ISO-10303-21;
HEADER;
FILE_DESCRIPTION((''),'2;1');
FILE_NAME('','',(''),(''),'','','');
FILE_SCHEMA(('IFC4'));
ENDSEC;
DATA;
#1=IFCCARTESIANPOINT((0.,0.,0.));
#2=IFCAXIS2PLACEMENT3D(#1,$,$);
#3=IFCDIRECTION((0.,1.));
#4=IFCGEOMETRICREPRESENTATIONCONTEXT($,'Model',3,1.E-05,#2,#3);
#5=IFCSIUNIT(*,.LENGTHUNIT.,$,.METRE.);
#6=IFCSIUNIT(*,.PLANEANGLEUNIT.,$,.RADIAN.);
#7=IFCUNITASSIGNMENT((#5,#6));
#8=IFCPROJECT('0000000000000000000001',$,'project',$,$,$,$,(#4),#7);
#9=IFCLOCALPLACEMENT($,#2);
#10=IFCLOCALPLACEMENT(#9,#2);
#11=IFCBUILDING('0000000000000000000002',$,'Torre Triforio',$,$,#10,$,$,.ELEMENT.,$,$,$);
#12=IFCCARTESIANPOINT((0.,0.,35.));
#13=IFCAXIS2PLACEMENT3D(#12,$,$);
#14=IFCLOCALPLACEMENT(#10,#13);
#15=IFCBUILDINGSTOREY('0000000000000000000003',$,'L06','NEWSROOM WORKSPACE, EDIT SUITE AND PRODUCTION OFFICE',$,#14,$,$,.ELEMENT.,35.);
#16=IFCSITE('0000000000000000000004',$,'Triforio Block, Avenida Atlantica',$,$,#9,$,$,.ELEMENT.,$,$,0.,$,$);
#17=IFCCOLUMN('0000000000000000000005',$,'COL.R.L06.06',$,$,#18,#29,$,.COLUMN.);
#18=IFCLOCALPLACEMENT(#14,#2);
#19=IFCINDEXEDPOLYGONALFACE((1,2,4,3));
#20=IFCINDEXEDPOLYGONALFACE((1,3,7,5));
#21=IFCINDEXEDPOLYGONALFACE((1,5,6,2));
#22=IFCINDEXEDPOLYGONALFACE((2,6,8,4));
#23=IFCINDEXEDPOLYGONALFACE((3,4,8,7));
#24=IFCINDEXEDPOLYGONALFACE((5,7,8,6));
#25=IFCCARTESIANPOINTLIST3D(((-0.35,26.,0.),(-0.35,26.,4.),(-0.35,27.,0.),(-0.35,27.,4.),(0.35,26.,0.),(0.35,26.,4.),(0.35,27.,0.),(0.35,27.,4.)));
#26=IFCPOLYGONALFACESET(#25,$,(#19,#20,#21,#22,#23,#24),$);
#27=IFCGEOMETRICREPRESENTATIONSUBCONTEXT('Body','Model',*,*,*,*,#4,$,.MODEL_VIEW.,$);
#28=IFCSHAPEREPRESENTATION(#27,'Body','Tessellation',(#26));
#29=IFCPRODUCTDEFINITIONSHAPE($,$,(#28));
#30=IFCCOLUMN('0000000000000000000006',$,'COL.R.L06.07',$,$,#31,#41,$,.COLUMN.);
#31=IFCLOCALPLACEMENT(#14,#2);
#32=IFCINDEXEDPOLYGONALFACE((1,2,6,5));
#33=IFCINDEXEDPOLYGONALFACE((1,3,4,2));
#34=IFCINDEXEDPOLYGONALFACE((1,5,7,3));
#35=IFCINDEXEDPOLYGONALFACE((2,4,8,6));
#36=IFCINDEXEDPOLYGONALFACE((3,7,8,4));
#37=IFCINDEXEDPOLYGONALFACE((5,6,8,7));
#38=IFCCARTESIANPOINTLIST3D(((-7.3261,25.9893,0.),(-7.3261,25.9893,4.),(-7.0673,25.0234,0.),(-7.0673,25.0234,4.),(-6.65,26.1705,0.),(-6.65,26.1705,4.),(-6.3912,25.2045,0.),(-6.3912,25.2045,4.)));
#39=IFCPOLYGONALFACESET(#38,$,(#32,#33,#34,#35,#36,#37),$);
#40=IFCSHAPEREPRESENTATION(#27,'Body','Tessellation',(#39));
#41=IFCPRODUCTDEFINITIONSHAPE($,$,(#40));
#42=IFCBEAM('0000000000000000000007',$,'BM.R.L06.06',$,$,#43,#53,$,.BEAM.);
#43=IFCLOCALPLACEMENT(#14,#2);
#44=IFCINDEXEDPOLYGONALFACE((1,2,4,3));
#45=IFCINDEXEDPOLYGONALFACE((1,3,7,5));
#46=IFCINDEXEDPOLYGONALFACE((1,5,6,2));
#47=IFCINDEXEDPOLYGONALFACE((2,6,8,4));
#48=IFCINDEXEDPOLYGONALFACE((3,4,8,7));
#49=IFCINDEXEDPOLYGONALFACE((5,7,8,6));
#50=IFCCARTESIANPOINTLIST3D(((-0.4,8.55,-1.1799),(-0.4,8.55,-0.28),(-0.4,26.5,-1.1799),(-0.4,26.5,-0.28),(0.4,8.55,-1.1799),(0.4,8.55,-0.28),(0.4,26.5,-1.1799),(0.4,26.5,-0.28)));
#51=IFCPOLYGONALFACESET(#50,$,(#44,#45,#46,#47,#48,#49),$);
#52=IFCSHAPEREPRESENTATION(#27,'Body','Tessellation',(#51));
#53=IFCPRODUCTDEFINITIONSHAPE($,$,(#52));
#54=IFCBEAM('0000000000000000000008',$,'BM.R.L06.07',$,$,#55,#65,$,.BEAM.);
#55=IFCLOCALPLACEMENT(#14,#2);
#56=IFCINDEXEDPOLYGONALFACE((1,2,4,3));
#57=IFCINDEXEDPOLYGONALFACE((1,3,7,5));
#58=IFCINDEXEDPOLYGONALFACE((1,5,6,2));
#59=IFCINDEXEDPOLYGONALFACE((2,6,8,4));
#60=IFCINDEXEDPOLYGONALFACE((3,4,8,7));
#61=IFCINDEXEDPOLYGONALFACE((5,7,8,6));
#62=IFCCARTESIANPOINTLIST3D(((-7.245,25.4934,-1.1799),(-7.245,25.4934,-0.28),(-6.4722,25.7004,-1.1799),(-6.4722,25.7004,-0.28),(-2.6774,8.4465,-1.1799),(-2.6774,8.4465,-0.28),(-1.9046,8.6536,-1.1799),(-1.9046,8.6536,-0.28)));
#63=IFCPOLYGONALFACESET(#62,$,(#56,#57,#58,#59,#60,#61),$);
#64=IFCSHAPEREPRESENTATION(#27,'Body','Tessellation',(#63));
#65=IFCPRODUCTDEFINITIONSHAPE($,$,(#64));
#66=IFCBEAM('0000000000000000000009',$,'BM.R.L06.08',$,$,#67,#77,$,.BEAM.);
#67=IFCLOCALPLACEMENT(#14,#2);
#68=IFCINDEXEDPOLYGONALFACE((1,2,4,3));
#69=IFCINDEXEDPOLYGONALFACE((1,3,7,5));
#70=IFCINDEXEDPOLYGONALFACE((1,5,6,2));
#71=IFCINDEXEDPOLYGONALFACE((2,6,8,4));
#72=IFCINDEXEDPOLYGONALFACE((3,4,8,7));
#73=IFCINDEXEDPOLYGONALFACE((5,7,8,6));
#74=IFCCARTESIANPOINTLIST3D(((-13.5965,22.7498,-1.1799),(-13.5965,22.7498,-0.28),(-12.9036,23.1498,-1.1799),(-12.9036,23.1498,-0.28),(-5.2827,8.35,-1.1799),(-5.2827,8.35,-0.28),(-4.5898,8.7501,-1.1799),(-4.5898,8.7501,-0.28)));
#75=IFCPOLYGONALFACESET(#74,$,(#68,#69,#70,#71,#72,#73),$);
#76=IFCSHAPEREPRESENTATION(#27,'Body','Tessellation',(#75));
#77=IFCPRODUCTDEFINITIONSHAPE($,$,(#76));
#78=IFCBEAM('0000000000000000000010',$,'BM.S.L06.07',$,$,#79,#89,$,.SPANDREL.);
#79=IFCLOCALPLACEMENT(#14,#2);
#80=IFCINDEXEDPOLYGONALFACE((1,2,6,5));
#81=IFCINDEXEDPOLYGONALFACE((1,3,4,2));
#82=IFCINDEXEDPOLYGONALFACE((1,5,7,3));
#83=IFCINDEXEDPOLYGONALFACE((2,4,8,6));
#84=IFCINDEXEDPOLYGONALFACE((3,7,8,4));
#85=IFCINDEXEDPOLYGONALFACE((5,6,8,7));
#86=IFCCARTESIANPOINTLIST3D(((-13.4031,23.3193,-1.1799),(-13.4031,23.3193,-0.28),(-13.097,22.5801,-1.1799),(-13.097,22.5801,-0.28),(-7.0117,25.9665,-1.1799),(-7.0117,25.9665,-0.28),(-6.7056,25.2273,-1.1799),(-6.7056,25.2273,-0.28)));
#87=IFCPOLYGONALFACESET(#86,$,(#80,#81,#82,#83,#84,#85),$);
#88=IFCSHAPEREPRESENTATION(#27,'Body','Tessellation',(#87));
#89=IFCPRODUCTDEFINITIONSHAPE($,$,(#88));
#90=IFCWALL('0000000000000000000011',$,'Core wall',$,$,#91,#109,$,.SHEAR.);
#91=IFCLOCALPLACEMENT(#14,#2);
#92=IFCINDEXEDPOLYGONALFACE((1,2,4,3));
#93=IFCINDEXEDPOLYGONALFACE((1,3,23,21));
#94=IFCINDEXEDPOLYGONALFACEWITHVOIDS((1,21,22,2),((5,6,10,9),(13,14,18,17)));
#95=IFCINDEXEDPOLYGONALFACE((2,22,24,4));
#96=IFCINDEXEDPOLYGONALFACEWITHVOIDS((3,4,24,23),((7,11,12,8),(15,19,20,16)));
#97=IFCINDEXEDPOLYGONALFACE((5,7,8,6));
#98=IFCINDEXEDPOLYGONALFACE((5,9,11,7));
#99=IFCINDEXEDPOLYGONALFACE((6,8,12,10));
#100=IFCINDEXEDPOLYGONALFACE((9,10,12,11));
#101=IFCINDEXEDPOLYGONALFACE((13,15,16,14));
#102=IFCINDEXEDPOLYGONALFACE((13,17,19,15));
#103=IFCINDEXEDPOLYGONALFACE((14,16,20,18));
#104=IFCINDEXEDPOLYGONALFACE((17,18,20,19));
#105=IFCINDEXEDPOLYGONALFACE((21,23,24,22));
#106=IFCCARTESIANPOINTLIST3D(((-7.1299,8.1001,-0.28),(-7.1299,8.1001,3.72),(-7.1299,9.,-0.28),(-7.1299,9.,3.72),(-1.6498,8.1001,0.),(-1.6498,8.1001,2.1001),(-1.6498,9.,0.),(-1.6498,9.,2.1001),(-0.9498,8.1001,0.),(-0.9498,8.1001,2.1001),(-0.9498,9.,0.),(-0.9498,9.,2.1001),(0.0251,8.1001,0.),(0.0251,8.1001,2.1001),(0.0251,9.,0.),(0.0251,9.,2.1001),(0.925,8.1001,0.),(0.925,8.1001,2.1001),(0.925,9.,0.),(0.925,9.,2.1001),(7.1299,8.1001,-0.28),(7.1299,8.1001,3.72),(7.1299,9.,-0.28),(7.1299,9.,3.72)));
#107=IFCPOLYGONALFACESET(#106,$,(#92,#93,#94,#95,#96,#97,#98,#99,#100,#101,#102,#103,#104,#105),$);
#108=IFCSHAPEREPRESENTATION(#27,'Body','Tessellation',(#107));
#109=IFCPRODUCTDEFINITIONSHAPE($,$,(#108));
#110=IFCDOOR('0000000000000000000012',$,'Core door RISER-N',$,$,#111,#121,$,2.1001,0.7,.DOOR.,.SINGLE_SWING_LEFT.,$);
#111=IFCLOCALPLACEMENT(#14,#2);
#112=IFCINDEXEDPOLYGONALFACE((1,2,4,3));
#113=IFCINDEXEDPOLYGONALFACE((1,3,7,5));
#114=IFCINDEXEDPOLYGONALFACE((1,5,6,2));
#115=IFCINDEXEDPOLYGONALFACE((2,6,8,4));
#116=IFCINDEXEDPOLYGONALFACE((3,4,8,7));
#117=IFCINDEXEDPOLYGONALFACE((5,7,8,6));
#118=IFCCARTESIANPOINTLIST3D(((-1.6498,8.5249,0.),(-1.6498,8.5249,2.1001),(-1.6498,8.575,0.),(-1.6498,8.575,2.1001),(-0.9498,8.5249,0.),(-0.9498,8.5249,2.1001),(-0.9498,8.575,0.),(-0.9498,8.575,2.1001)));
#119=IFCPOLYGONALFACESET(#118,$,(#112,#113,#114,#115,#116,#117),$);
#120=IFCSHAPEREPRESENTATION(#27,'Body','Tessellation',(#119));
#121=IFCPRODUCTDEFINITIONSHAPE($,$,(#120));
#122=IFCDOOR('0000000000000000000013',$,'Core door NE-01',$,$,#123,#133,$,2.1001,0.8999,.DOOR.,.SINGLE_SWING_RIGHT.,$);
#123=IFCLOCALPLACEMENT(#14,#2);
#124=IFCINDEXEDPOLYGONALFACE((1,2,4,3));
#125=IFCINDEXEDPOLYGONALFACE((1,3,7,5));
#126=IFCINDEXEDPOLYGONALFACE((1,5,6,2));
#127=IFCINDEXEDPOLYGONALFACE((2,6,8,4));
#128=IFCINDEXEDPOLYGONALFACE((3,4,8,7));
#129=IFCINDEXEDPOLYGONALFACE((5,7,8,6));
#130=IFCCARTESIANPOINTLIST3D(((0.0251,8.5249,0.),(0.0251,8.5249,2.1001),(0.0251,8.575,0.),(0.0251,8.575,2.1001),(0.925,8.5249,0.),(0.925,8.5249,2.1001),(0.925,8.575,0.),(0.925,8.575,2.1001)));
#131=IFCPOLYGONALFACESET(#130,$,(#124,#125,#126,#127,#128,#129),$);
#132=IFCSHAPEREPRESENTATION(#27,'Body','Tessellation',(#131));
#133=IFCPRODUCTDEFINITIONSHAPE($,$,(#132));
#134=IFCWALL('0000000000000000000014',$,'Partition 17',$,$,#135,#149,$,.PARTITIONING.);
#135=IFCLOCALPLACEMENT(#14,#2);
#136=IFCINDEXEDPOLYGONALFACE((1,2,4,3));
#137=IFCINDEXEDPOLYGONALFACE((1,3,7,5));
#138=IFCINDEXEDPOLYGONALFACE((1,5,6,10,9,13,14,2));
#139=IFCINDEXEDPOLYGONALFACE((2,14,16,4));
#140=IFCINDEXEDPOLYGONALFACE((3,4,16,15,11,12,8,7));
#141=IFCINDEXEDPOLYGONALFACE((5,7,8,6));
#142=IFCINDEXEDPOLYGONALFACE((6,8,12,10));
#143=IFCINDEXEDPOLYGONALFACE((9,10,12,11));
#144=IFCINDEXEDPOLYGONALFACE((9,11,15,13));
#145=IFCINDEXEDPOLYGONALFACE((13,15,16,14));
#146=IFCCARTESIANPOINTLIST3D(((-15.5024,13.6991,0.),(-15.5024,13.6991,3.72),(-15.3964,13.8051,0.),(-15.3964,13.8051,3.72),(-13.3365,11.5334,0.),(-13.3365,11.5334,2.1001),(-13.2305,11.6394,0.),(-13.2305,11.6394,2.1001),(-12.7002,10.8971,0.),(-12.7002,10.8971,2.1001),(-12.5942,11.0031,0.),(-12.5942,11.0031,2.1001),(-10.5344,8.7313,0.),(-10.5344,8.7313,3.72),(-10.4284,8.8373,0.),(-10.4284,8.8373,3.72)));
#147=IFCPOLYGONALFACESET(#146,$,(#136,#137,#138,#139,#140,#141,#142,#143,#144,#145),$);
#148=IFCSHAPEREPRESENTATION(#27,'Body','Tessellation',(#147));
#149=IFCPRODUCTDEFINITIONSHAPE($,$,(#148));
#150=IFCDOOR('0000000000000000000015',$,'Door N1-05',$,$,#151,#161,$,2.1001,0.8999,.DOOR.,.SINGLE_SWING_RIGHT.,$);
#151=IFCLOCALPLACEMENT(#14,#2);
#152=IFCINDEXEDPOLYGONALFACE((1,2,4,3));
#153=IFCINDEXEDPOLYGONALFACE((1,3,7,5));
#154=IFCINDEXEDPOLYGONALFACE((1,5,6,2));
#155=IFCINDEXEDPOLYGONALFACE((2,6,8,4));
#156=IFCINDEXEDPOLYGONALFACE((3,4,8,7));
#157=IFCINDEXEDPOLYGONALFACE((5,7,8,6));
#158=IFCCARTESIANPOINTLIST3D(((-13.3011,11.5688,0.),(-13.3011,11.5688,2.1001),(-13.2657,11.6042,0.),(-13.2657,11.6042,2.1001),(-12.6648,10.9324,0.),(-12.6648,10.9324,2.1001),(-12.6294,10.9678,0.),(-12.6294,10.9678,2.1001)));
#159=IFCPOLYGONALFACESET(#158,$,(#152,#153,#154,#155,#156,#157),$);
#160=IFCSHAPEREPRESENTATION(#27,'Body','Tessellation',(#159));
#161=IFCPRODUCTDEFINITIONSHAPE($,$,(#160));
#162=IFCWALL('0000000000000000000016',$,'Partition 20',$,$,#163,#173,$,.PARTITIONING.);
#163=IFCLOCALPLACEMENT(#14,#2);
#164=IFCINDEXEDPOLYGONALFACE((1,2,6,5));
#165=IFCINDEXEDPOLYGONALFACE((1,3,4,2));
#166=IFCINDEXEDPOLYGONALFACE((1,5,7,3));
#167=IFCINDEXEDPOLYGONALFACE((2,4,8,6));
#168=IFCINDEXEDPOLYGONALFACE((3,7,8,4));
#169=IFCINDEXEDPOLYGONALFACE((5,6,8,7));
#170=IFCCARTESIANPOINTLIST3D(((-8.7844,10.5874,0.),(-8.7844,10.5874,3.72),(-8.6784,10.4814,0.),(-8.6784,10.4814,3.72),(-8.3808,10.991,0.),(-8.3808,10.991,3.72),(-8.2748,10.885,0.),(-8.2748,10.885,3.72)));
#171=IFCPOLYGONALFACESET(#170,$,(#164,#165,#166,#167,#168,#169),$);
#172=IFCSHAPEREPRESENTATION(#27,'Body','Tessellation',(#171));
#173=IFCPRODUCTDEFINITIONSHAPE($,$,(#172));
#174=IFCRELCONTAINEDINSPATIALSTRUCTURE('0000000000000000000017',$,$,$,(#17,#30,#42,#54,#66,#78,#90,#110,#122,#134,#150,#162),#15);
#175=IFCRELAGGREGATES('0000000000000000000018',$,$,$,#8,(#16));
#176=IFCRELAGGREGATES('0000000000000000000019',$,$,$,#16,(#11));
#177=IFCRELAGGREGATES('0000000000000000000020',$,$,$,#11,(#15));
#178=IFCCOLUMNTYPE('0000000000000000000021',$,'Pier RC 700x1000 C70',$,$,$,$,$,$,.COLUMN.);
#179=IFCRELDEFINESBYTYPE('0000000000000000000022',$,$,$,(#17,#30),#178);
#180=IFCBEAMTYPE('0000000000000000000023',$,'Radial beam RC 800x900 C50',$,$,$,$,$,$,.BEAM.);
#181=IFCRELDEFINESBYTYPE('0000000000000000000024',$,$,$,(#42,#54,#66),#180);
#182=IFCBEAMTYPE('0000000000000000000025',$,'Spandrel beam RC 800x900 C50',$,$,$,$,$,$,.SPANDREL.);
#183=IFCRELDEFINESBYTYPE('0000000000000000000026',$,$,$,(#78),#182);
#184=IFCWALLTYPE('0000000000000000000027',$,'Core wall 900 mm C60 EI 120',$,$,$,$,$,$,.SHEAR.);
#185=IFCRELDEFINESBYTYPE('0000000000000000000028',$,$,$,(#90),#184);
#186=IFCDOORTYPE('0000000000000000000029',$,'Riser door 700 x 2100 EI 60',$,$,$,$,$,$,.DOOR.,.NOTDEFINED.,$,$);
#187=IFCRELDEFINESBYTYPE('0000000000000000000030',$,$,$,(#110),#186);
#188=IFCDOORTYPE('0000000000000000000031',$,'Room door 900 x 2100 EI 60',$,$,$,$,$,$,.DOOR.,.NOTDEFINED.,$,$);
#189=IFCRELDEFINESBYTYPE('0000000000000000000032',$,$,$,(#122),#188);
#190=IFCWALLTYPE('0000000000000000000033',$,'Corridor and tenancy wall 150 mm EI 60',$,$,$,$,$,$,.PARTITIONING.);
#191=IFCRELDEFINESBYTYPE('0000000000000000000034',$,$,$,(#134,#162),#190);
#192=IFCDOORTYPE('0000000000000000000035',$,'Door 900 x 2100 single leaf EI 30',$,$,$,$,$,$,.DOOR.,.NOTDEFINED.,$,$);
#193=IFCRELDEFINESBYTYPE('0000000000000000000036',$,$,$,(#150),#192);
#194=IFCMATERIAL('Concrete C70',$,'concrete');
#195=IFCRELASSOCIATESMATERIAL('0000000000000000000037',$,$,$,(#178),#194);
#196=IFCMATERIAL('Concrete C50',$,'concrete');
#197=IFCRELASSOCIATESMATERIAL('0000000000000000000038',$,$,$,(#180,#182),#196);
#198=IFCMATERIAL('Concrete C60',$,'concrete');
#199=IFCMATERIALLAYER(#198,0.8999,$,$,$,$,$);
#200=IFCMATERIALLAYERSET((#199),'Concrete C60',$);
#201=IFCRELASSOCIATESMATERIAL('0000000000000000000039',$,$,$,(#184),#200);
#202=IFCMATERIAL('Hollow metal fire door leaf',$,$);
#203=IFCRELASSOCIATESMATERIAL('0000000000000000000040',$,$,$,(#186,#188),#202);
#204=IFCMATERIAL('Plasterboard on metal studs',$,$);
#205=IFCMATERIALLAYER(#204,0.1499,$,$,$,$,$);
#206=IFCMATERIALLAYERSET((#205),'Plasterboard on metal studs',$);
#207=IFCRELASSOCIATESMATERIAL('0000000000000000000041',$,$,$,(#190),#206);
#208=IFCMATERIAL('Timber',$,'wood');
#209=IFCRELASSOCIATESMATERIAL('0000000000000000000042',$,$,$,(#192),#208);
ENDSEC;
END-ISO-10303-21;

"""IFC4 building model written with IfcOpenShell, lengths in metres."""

from ifc_helpers import new_model, si_unit, direction, frame, frame_2d, origin, origin_2d, place, context, subcontext, project, spatial, rectangle, extrude, material, layer, layer_set, material_profile, profile_set, type_object, element, fill, save


model = new_model("IFC4")

# Units and contexts
model_context = context("Model", 3, precision=1e-05, world=origin(), true_north=direction((0.0, 1.0)))
body_context = subcontext(model_context, "Body", "Model", "MODEL_VIEW")
ifc_project = project(units=[si_unit("LENGTHUNIT", "METRE"), si_unit("PLANEANGLEUNIT", "RADIAN")], contexts=[model_context])

# Site, building, storey
site_placement = place(None, origin())
site = spatial("IfcSite", under=ifc_project, at=site_placement, Name="Triforio Block, Avenida Atlantica", CompositionType="ELEMENT", RefElevation=0.0)
building_placement = place(site_placement, origin())
building = spatial("IfcBuilding", under=site, at=building_placement, Name="Torre Triforio", CompositionType="ELEMENT")
storey_placement = place(building_placement, frame((0.0, 0.0, 35.0)))
storey = spatial("IfcBuildingStorey", under=building, at=storey_placement, Name="L06", Description="NEWSROOM WORKSPACE, EDIT SUITE AND PRODUCTION OFFICE", CompositionType="ELEMENT", Elevation=35.0)

# Columns
ifc_material_1 = material(Name="Concrete C70", Category="concrete")
ifc_material_profile_1 = material_profile(ifc_material_1, rectangle(XDim=0.7, YDim=1.0, at=origin_2d()), Name="RC 700x1000")
ifc_profile_set_1 = profile_set([ifc_material_profile_1], Name="Concrete C70")
column_type = type_object("IfcColumnType", Name="Pier RC 700x1000 C70", PredefinedType="COLUMN", material=ifc_profile_set_1)
for number, where, z_axis, x_axis, name in (
    (1, (0.0, 26.5, 0.0), (0.0, 0.0, 1.0), (-1.0, 0.0, 0.0), "COL.R.L06.06"),
    (2, (-6.8586, 25.5969, 0.0), (0.0, 0.0, 1.0), (-0.965926, -0.258819, 0.0), "COL.R.L06.07"),
):
    element("IfcColumn", number, at=place(storey_placement, frame(where, z_axis=z_axis, x_axis=x_axis)), inside=storey, type_object=column_type, Name=name, PredefinedType="COLUMN", context=body_context, shape_type="SweptSolid", body=[
        extrude(rectangle(XDim=0.7, YDim=1.0, at=origin_2d()), origin(), (0.0, 0.0, 1.0), 4.0),
    ])

# Beams
ifc_material_2 = material(Name="Concrete C50", Category="concrete")
ifc_material_profile_2 = material_profile(ifc_material_2, rectangle(XDim=0.8, YDim=0.8999, at=origin_2d()), Name="RC 800x900")
ifc_profile_set_2 = profile_set([ifc_material_profile_2], Name="Concrete C50")
beam_type_1 = type_object("IfcBeamType", Name="Radial beam RC 800x900 C50", PredefinedType="BEAM", material=ifc_profile_set_2)
beam_1_placement = place(storey_placement, frame((0.0, 8.55, -0.73), z_axis=(0.0, 1.0, 0.0), x_axis=(-1.0, 0.0, 0.0)))
element("IfcBeam", 3, at=beam_1_placement, inside=storey, type_object=beam_type_1, Name="BM.R.L06.06", PredefinedType="BEAM", context=body_context, shape_type="SweptSolid", body=[
    extrude(rectangle(XDim=0.8, YDim=0.8999, at=origin_2d()), origin(), (0.0, 0.0, 1.0), 17.95),
])
beam_2_placement = place(storey_placement, frame((-2.291, 8.55, -0.73), z_axis=(-0.258815, 0.965927, 0.0), x_axis=(-0.965927, -0.258815, 0.0)))
element("IfcBeam", 4, at=beam_2_placement, inside=storey, type_object=beam_type_1, Name="BM.R.L06.07", PredefinedType="BEAM", context=body_context, shape_type="SweptSolid", body=[
    extrude(rectangle(XDim=0.8, YDim=0.8999, at=origin_2d()), origin(), (0.0, 0.0, 1.0), 17.6482),
])
beam_3_placement = place(storey_placement, frame((-4.9363, 8.55, -0.73), z_axis=(-0.500003, 0.866023, 0.0), x_axis=(-0.866023, -0.500003, 0.0)))
element("IfcBeam", 5, at=beam_3_placement, inside=storey, type_object=beam_type_1, Name="BM.R.L06.08", PredefinedType="BEAM", context=body_context, shape_type="SweptSolid", body=[
    extrude(rectangle(XDim=0.8, YDim=0.8999, at=origin_2d()), origin(), (0.0, 0.0, 1.0), 16.6274),
])
ifc_material_profile_3 = material_profile(ifc_material_2, rectangle(XDim=0.8, YDim=0.8999, at=origin_2d()), Name="RC 800x900")
ifc_profile_set_3 = profile_set([ifc_material_profile_3], Name="Concrete C50")
beam_type_2 = type_object("IfcBeamType", Name="Spandrel beam RC 800x900 C50", PredefinedType="SPANDREL", material=ifc_profile_set_3)
beam_4_placement = place(storey_placement, frame((-6.8586, 25.5969, -0.73), z_axis=(-0.923888, -0.382662, 0.0), x_axis=(0.382662, -0.923888, 0.0)))
element("IfcBeam", 6, at=beam_4_placement, inside=storey, type_object=beam_type_2, Name="BM.S.L06.07", PredefinedType="SPANDREL", context=body_context, shape_type="SweptSolid", body=[
    extrude(rectangle(XDim=0.8, YDim=0.8999, at=origin_2d()), origin(), (0.0, 0.0, 1.0), 6.918),
])

# Wall, openings, doors
ifc_material_3 = material(Name="Concrete C60", Category="concrete")
ifc_layer_1 = layer(ifc_material_3, 0.8999)
ifc_layer_set_1 = layer_set([ifc_layer_1], Name="Concrete C60")
wall_type_1 = type_object("IfcWallType", Name="Core wall 900 mm C60 EI 120", PredefinedType="SHEAR", material=ifc_layer_set_1)
wall_1_placement = place(storey_placement, frame((-7.1299, 8.55, -0.28), z_axis=(0.0, 0.0, 1.0), x_axis=(1.0, 0.0, 0.0)))
wall_1 = element("IfcWall", 7, at=wall_1_placement, inside=storey, type_object=wall_type_1, Name="Core wall", PredefinedType="SHEAR", context=body_context, shape_type="SweptSolid", body=[
    extrude(rectangle(XDim=14.2598, YDim=0.8999, at=frame_2d((7.1299, 0.0))), origin(), (0.0, 0.0, 1.0), 4.0),
])
opening_1_placement = place(wall_1_placement, frame((5.48, 0.0, 0.28)))
opening_1 = element("IfcOpeningElement", 8, at=opening_1_placement, cuts=wall_1, PredefinedType="OPENING", context=body_context, shape_type="SweptSolid", body=[
    extrude(rectangle(XDim=0.7, YDim=2.1001, at=frame_2d((0.3501, 1.05))), frame((0.0, 0.46, 0.0), z_axis=(0.0, -1.0, 0.0), x_axis=(1.0, 0.0, 0.0)), (0.0, 0.0, 1.0), 0.9199),
])
opening_2_placement = place(wall_1_placement, frame((7.155, 0.0, 0.28)))
opening_2 = element("IfcOpeningElement", 9, at=opening_2_placement, cuts=wall_1, PredefinedType="OPENING", context=body_context, shape_type="SweptSolid", body=[
    extrude(rectangle(XDim=0.8999, YDim=2.1001, at=frame_2d((0.45, 1.05))), frame((0.0, 0.46, 0.0), z_axis=(0.0, -1.0, 0.0), x_axis=(1.0, 0.0, 0.0)), (0.0, 0.0, 1.0), 0.9199),
])
ifc_material_4 = material(Name="Hollow metal fire door leaf")
door_type_1 = type_object("IfcDoorType", Name="Riser door 700 x 2100 EI 60", OperationType="NOTDEFINED", PredefinedType="DOOR", material=ifc_material_4)
door_1_placement = place(opening_1_placement, origin())
door_1 = element("IfcDoor", 10, at=door_1_placement, inside=storey, type_object=door_type_1, Name="Core door RISER-N", OperationType="SINGLE_SWING_LEFT", OverallHeight=2.1001, OverallWidth=0.7, PredefinedType="DOOR", context=body_context, shape_type="SweptSolid", body=[
    extrude(rectangle(XDim=0.7, YDim=2.1001, at=frame_2d((0.3501, 1.05))), frame((0.0, 0.0249, 0.0), z_axis=(0.0, -1.0, 0.0), x_axis=(1.0, 0.0, 0.0)), (0.0, 0.0, 1.0), 0.05),
])
fill(opening_1, door_1)
door_type_2 = type_object("IfcDoorType", Name="Room door 900 x 2100 EI 60", OperationType="NOTDEFINED", PredefinedType="DOOR", material=ifc_material_4)
door_2_placement = place(opening_2_placement, origin())
door_2 = element("IfcDoor", 11, at=door_2_placement, inside=storey, type_object=door_type_2, Name="Core door NE-01", OperationType="SINGLE_SWING_RIGHT", OverallHeight=2.1001, OverallWidth=0.8999, PredefinedType="DOOR", context=body_context, shape_type="SweptSolid", body=[
    extrude(rectangle(XDim=0.8999, YDim=2.1001, at=frame_2d((0.45, 1.05))), frame((0.0, 0.0249, 0.0), z_axis=(0.0, -1.0, 0.0), x_axis=(1.0, 0.0, 0.0)), (0.0, 0.0, 1.0), 0.05),
])
fill(opening_2, door_2)

# Wall, opening, door
ifc_material_5 = material(Name="Plasterboard on metal studs")
ifc_layer_2 = layer(ifc_material_5, 0.1499)
ifc_layer_set_2 = layer_set([ifc_layer_2], Name="Plasterboard on metal studs")
wall_type_2 = type_object("IfcWallType", Name="Corridor and tenancy wall 150 mm EI 60", PredefinedType="PARTITIONING", material=ifc_layer_set_2)
wall_2_placement = place(storey_placement, frame((-10.4814, 8.7844, 0.0), z_axis=(0.0, 0.0, 1.0), x_axis=(-0.707124, 0.707089, 0.0)))
wall_2 = element("IfcWall", 12, at=wall_2_placement, inside=storey, type_object=wall_type_2, Name="Partition 17", PredefinedType="PARTITIONING", context=body_context, shape_type="SweptSolid", body=[
    extrude(rectangle(XDim=7.0256, YDim=0.1499, at=frame_2d((3.5127, 0.0))), origin(), (0.0, 0.0, 1.0), 3.72),
])
opening_3_placement = place(wall_2_placement, frame((3.0627, 0.0, 0.0)))
opening_3 = element("IfcOpeningElement", 13, at=opening_3_placement, cuts=wall_2, PredefinedType="OPENING", context=body_context, shape_type="SweptSolid", body=[
    extrude(rectangle(XDim=0.8999, YDim=2.1001, at=frame_2d((0.45, 1.05))), frame((0.0, 0.085, 0.0), z_axis=(0.0, -1.0, 0.0), x_axis=(1.0, 0.0, 0.0)), (0.0, 0.0, 1.0), 0.1699),
])
ifc_material_6 = material(Name="Timber", Category="wood")
door_type_3 = type_object("IfcDoorType", Name="Door 900 x 2100 single leaf EI 30", OperationType="NOTDEFINED", PredefinedType="DOOR", material=ifc_material_6)
door_3_placement = place(opening_3_placement, origin())
door_3 = element("IfcDoor", 14, at=door_3_placement, inside=storey, type_object=door_type_3, Name="Door N1-05", OperationType="SINGLE_SWING_RIGHT", OverallHeight=2.1001, OverallWidth=0.8999, PredefinedType="DOOR", context=body_context, shape_type="SweptSolid", body=[
    extrude(rectangle(XDim=0.8999, YDim=2.1001, at=frame_2d((0.45, 1.05))), frame((0.0, 0.0249, 0.0), z_axis=(0.0, -1.0, 0.0), x_axis=(1.0, 0.0, 0.0)), (0.0, 0.0, 1.0), 0.05),
])
fill(opening_3, door_3)

# Wall
wall_3_placement = place(storey_placement, frame((-8.7314, 10.5344, 0.0), z_axis=(0.0, 0.0, 1.0), x_axis=(0.707107, 0.707107, 0.0)))
element("IfcWall", 15, at=wall_3_placement, inside=storey, type_object=wall_type_2, Name="Partition 20", PredefinedType="PARTITIONING", context=body_context, shape_type="SweptSolid", body=[
    extrude(rectangle(XDim=0.5708, YDim=0.1499, at=frame_2d((0.2854, 0.0))), origin(), (0.0, 0.0, 1.0), 3.72),
])

save(model, "model.ifc")
